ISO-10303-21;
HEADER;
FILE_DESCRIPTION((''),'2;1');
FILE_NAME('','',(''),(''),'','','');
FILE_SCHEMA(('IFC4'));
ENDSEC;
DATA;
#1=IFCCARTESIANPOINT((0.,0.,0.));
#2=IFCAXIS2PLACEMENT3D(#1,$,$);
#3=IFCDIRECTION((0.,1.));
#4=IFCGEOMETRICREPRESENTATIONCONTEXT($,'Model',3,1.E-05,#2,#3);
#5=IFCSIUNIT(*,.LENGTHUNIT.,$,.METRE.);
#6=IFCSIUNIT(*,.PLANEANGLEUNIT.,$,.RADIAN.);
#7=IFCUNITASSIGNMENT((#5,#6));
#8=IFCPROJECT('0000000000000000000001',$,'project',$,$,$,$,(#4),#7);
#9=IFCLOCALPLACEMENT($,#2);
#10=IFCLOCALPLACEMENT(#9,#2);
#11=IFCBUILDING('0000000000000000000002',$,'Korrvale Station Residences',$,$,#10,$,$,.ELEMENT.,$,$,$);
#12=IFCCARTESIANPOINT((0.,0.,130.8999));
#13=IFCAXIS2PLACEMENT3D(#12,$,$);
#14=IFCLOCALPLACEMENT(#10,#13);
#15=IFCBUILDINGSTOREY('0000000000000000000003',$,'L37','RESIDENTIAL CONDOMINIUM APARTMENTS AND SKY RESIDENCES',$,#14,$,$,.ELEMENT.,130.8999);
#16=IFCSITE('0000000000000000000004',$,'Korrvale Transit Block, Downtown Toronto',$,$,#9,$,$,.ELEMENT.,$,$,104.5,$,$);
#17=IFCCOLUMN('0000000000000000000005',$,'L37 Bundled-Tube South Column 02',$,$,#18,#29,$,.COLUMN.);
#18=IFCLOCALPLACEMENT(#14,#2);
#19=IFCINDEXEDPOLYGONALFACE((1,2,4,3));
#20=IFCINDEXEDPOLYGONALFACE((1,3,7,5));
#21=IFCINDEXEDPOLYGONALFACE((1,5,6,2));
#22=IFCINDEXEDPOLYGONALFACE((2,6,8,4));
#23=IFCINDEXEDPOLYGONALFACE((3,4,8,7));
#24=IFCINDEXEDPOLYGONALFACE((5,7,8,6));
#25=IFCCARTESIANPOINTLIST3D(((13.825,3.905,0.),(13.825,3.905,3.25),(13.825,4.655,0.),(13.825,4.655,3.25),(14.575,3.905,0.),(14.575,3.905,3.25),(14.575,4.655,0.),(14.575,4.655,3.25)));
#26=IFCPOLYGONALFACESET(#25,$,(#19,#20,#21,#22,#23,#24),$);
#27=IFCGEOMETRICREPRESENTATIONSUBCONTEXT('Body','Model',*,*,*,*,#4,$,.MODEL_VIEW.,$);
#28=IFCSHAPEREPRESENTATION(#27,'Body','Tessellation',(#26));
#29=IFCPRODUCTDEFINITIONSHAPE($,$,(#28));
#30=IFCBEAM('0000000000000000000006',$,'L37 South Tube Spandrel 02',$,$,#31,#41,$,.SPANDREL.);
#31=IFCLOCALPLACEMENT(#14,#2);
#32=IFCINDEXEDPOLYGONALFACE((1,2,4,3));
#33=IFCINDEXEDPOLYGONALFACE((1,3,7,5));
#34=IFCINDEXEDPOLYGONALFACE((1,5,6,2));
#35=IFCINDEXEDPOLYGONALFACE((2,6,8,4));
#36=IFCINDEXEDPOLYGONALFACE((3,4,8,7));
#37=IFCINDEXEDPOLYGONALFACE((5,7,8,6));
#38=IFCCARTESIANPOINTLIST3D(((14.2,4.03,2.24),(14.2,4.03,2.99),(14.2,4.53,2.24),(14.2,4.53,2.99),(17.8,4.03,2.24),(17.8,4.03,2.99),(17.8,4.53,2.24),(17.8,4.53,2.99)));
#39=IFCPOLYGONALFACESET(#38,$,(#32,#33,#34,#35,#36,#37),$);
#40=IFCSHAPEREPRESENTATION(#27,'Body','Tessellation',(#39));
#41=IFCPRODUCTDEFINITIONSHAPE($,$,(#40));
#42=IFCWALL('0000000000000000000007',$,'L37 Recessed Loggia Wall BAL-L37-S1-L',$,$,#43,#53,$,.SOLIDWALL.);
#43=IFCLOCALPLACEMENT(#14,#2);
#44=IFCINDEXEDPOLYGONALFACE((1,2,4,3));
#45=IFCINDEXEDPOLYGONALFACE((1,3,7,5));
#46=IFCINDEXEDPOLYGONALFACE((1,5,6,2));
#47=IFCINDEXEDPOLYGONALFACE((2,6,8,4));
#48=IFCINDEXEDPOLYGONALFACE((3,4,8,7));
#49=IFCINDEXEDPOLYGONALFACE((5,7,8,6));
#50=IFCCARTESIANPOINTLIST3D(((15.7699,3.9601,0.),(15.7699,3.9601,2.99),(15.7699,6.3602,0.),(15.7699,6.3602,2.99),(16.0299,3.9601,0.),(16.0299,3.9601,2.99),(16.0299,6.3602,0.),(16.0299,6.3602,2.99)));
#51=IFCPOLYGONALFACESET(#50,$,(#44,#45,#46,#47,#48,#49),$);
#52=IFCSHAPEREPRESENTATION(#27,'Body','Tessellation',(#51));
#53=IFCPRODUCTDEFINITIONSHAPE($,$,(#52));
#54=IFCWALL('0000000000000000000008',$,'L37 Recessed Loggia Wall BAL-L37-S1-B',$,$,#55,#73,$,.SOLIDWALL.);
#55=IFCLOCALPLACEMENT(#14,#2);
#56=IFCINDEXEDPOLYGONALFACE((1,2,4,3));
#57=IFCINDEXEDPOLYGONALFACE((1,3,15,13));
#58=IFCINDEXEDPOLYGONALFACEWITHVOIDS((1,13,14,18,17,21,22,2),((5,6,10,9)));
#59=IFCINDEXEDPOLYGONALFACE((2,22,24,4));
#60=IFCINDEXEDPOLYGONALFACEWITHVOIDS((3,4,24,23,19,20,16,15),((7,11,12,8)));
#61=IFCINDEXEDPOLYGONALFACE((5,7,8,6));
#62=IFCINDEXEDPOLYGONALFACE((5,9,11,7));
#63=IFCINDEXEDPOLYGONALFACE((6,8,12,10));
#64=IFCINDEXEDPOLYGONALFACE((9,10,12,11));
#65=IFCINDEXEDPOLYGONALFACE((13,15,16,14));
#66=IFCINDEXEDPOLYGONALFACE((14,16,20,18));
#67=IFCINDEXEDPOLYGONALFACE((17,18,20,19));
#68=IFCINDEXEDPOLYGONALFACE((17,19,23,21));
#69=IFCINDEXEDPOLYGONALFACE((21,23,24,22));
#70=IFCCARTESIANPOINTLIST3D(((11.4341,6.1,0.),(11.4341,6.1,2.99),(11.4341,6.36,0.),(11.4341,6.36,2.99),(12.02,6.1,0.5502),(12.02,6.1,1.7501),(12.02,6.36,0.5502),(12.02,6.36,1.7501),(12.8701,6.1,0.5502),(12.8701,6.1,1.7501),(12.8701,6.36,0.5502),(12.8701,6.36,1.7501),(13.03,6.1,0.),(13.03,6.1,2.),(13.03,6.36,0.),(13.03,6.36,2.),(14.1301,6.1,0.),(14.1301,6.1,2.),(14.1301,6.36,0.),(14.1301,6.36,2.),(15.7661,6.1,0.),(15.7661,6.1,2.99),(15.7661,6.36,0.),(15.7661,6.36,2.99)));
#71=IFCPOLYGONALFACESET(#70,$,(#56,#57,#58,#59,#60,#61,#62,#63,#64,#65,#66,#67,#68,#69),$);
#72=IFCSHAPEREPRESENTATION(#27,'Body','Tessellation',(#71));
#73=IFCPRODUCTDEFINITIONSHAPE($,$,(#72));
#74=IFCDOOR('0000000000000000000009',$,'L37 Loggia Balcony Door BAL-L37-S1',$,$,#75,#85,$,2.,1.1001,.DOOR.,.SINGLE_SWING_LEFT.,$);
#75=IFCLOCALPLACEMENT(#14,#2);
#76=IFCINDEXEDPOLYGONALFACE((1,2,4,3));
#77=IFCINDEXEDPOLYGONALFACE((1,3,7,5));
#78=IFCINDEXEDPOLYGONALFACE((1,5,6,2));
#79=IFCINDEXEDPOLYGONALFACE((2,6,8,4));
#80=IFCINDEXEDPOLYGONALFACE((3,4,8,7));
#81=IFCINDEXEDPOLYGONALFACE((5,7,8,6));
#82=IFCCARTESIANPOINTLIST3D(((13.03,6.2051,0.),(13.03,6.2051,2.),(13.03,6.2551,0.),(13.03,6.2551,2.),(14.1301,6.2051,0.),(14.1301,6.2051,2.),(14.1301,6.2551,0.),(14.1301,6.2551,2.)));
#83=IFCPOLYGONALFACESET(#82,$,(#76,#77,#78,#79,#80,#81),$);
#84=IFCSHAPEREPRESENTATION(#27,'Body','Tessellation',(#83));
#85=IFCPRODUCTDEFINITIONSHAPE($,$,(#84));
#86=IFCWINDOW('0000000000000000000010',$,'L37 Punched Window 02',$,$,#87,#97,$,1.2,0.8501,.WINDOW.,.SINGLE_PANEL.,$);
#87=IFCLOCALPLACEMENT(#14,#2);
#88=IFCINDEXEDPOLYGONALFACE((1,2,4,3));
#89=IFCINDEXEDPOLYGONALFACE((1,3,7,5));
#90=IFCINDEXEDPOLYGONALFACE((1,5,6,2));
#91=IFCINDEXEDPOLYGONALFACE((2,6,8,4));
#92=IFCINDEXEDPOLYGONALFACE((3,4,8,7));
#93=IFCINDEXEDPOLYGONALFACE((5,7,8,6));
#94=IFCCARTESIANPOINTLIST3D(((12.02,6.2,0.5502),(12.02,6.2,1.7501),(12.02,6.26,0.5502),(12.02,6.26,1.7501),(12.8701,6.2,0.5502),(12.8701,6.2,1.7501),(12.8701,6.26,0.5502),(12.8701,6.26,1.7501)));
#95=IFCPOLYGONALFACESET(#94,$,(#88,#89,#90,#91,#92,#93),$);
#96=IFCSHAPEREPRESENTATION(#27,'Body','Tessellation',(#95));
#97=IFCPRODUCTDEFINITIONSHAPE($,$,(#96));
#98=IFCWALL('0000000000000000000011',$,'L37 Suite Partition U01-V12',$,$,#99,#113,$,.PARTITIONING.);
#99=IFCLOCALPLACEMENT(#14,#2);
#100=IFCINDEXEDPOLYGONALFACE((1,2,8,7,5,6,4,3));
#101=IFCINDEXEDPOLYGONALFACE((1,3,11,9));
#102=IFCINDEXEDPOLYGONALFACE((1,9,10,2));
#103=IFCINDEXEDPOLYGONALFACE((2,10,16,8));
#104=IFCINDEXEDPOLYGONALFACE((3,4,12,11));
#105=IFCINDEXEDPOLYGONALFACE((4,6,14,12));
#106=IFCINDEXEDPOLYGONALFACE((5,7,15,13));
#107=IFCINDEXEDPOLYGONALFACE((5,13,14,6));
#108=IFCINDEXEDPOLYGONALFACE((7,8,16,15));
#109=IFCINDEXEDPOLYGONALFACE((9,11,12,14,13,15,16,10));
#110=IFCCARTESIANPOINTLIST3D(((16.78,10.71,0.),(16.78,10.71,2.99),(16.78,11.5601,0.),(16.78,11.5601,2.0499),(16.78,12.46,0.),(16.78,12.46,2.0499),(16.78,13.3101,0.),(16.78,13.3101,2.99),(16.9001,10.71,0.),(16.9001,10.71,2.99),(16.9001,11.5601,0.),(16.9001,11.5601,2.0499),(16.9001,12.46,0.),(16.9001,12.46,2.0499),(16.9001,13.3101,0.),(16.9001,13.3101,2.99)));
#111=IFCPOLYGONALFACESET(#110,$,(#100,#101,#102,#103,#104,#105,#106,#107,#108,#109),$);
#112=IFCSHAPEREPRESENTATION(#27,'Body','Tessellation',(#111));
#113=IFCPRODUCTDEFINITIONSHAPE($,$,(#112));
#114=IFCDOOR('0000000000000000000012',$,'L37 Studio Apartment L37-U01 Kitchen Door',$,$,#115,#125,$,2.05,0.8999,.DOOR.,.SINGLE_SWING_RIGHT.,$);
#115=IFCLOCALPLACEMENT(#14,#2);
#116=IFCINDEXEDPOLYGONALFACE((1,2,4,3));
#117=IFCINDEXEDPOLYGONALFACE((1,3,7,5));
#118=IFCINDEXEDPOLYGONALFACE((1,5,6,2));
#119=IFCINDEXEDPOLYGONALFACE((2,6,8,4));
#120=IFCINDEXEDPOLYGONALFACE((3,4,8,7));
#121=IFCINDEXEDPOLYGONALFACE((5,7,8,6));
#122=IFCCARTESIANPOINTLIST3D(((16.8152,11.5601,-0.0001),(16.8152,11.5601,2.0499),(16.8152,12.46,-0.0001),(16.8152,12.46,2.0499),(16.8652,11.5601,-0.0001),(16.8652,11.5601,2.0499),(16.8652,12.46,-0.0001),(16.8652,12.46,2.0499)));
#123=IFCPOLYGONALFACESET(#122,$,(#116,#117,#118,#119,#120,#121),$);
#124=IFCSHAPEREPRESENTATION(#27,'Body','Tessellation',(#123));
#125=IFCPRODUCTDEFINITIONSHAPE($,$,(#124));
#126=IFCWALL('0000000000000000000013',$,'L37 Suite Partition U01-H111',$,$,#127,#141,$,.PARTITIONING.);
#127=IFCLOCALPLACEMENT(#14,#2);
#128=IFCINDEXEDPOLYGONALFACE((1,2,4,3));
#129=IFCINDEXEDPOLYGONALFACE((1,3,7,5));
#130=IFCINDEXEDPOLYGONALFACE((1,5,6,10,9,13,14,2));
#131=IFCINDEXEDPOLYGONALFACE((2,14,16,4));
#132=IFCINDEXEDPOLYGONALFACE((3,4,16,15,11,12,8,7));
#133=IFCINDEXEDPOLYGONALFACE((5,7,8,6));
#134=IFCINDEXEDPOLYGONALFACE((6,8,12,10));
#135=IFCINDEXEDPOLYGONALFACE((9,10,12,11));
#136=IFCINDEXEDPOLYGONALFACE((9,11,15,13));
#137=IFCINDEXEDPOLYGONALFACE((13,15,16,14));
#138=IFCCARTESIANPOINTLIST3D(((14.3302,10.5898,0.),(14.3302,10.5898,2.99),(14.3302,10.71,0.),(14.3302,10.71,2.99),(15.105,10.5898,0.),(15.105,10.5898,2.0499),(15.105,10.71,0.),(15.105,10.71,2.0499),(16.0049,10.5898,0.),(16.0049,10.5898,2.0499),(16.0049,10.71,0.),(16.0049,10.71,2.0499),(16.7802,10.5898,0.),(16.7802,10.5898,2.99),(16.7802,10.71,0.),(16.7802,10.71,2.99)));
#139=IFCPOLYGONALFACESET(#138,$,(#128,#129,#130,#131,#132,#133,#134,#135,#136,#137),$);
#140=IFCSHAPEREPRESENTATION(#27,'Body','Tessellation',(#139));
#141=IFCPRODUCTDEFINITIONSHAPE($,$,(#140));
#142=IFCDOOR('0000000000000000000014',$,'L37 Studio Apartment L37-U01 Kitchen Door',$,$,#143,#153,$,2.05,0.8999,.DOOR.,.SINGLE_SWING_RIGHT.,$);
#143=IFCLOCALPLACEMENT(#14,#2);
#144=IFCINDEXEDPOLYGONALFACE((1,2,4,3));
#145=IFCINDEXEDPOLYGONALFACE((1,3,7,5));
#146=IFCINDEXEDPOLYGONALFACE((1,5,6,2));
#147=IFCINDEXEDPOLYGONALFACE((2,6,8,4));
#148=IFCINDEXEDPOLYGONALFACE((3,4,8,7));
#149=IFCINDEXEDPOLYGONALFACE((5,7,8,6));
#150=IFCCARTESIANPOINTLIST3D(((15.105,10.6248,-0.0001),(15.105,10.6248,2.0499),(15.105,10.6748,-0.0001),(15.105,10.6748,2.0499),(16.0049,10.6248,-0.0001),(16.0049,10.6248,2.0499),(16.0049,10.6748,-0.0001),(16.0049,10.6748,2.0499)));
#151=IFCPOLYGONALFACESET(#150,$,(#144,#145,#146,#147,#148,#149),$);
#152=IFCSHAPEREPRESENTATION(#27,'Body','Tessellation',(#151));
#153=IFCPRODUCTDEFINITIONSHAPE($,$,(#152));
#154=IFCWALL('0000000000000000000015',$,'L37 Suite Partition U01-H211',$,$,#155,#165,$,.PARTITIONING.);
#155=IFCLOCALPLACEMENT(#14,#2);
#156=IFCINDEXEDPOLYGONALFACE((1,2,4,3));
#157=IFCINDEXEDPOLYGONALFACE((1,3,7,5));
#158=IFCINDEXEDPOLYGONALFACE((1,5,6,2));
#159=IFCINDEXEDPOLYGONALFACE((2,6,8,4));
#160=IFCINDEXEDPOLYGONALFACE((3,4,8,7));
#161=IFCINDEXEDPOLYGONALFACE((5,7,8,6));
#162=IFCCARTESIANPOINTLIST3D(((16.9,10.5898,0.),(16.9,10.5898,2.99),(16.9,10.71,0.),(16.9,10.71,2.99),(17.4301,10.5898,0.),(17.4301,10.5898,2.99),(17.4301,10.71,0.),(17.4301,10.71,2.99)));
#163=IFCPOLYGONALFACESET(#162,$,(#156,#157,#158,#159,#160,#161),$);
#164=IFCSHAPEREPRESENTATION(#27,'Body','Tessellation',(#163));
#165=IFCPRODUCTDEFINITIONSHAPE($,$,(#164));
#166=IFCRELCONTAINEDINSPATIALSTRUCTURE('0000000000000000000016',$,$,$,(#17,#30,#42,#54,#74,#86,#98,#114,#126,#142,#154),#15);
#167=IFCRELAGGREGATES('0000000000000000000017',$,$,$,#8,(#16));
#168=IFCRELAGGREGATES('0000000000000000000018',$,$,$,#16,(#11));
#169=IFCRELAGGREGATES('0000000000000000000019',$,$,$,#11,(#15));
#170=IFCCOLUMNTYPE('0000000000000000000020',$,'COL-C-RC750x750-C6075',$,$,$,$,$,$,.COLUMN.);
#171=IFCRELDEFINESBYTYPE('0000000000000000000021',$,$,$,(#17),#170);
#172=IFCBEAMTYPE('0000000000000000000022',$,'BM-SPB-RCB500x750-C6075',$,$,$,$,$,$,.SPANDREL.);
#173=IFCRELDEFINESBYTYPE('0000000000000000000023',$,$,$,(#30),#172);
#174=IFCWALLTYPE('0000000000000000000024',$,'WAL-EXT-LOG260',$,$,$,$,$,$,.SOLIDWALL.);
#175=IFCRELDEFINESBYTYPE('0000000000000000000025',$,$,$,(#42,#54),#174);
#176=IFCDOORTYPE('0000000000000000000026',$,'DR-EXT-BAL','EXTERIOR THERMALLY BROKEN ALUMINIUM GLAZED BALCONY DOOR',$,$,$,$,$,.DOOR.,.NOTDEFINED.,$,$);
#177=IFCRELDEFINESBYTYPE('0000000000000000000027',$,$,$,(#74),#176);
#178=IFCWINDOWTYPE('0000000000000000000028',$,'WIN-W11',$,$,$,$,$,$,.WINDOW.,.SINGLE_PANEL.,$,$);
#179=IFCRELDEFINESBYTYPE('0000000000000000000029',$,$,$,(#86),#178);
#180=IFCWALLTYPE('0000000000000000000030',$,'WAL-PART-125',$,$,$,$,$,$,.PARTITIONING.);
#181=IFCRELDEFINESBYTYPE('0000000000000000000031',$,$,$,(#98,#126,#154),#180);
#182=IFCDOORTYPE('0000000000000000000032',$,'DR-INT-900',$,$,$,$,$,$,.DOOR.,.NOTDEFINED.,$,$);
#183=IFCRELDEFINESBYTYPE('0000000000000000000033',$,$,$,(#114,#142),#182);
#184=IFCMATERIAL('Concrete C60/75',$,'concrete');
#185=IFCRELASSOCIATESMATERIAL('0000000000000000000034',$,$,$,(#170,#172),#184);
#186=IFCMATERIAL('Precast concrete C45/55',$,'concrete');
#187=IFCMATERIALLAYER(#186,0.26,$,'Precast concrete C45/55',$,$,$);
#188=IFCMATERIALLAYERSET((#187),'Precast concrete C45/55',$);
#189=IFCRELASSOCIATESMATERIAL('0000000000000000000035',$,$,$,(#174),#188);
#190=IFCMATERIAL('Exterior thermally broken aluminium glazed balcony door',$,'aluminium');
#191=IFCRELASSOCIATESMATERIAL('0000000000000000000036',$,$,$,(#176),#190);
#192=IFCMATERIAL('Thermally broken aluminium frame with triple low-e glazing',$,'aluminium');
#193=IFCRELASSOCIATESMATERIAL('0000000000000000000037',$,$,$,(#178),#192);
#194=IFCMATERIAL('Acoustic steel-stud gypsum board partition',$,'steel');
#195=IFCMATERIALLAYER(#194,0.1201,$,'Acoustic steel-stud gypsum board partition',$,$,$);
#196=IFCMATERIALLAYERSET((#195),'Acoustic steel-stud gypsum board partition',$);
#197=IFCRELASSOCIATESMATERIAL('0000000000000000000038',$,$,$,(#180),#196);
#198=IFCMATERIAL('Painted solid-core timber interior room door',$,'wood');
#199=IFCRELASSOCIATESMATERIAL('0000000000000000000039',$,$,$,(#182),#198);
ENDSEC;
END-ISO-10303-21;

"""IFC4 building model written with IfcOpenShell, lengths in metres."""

from ifc_helpers import new_model, si_unit, direction, frame, frame_2d, origin, origin_2d, place, context, subcontext, project, spatial, rectangle, extrude, material, layer, layer_set, material_profile, profile_set, type_object, element, fill, save


model = new_model("IFC4")

# Units and contexts
model_context = context("Model", 3, precision=1e-05, world=origin(), true_north=direction((0.0, 1.0)))
body_context = subcontext(model_context, "Body", "Model", "MODEL_VIEW")
ifc_project = project(units=[si_unit("LENGTHUNIT", "METRE"), si_unit("PLANEANGLEUNIT", "RADIAN")], contexts=[model_context])

# Site, building, storey
site_placement = place(None, origin())
site = spatial("IfcSite", under=ifc_project, at=site_placement, Name="Korrvale Transit Block, Downtown Toronto", CompositionType="ELEMENT", RefElevation=104.5)
building_placement = place(site_placement, origin())
building = spatial("IfcBuilding", under=site, at=building_placement, Name="Korrvale Station Residences", CompositionType="ELEMENT")
storey_placement = place(building_placement, frame((0.0, 0.0, 130.8999)))
storey = spatial("IfcBuildingStorey", under=building, at=storey_placement, Name="L37", Description="RESIDENTIAL CONDOMINIUM APARTMENTS AND SKY RESIDENCES", CompositionType="ELEMENT", Elevation=130.8999)

# Column
ifc_material_1 = material(Name="Concrete C60/75", Category="concrete")
ifc_material_profile_1 = material_profile(ifc_material_1, rectangle(XDim=0.75, YDim=0.75, at=origin_2d()), Name="RC750x750")
ifc_profile_set_1 = profile_set([ifc_material_profile_1], Name="Concrete C60/75")
column_type = type_object("IfcColumnType", Name="COL-C-RC750x750-C6075", PredefinedType="COLUMN", material=ifc_profile_set_1)
column_placement = place(storey_placement, frame((14.2, 4.28, 0.0), z_axis=(0.0, 0.0, 1.0), x_axis=(1.0, 0.0, 0.0)))
element("IfcColumn", 1, at=column_placement, inside=storey, type_object=column_type, Name="L37 Bundled-Tube South Column 02", PredefinedType="COLUMN", context=body_context, shape_type="SweptSolid", body=[
    extrude(rectangle(XDim=0.75, YDim=0.75, at=origin_2d()), origin(), (0.0, 0.0, 1.0), 3.25),
])

# Beam
ifc_material_profile_2 = material_profile(ifc_material_1, rectangle(XDim=0.5, YDim=0.75, at=origin_2d()), Name="RCB500x750")
ifc_profile_set_2 = profile_set([ifc_material_profile_2], Name="Concrete C60/75")
beam_type = type_object("IfcBeamType", Name="BM-SPB-RCB500x750-C6075", PredefinedType="SPANDREL", material=ifc_profile_set_2)
beam_placement = place(storey_placement, frame((14.2, 4.28, 2.615), z_axis=(1.0, 0.0, 0.0), x_axis=(0.0, 1.0, 0.0)))
element("IfcBeam", 2, at=beam_placement, inside=storey, type_object=beam_type, Name="L37 South Tube Spandrel 02", PredefinedType="SPANDREL", context=body_context, shape_type="SweptSolid", body=[
    extrude(rectangle(XDim=0.5, YDim=0.75, at=origin_2d()), origin(), (0.0, 0.0, 1.0), 3.6001),
])

# Wall
ifc_material_2 = material(Name="Precast concrete C45/55", Category="concrete")
ifc_layer_1 = layer(ifc_material_2, 0.26, Name="Precast concrete C45/55")
ifc_layer_set_1 = layer_set([ifc_layer_1], Name="Precast concrete C45/55")
wall_type_1 = type_object("IfcWallType", Name="WAL-EXT-LOG260", PredefinedType="SOLIDWALL", material=ifc_layer_set_1)
wall_1_placement = place(storey_placement, frame((15.8999, 3.96, 0.0), z_axis=(0.0, 0.0, 1.0), x_axis=(0.0, 1.0, 0.0)))
element("IfcWall", 3, at=wall_1_placement, inside=storey, type_object=wall_type_1, Name="L37 Recessed Loggia Wall BAL-L37-S1-L", PredefinedType="SOLIDWALL", context=body_context, shape_type="SweptSolid", body=[
    extrude(rectangle(XDim=2.4001, YDim=0.26, at=frame_2d((1.2002, 0.0))), origin(), (0.0, 0.0, 1.0), 2.99),
])

# Wall, openings, door, window
wall_2_placement = place(storey_placement, frame((15.7661, 6.23, 0.0), z_axis=(0.0, 0.0, 1.0), x_axis=(-1.0, 0.0, 0.0)))
wall_2 = element("IfcWall", 4, at=wall_2_placement, inside=storey, type_object=wall_type_1, Name="L37 Recessed Loggia Wall BAL-L37-S1-B", PredefinedType="SOLIDWALL", context=body_context, shape_type="SweptSolid", body=[
    extrude(rectangle(XDim=4.332, YDim=0.26, at=frame_2d((2.166, 0.0))), origin(), (0.0, 0.0, 1.0), 2.99),
])
opening_1_placement = place(wall_2_placement, frame((1.636, 0.0, 0.0)))
opening_1 = element("IfcOpeningElement", 5, at=opening_1_placement, cuts=wall_2, PredefinedType="OPENING", context=body_context, shape_type="SweptSolid", body=[
    extrude(rectangle(XDim=1.1001, YDim=2.0, at=frame_2d((0.55, 1.0))), frame((0.0, 0.1401, 0.0), z_axis=(0.0, -1.0, 0.0), x_axis=(1.0, 0.0, 0.0)), (0.0, 0.0, 1.0), 0.28),
])
opening_2_placement = place(wall_2_placement, frame((2.896, 0.0, 0.55)))
opening_2 = element("IfcOpeningElement", 6, at=opening_2_placement, cuts=wall_2, PredefinedType="OPENING", context=body_context, shape_type="SweptSolid", body=[
    extrude(rectangle(XDim=0.8501, YDim=1.2, at=frame_2d((0.425, 0.6001))), frame((0.0, 0.1401, 0.0), z_axis=(0.0, -1.0, 0.0), x_axis=(1.0, 0.0, 0.0)), (0.0, 0.0, 1.0), 0.28),
])
ifc_material_3 = material(Name="Exterior thermally broken aluminium glazed balcony door", Category="aluminium")
door_type_1 = type_object("IfcDoorType", Name="DR-EXT-BAL", Description="EXTERIOR THERMALLY BROKEN ALUMINIUM GLAZED BALCONY DOOR", OperationType="NOTDEFINED", PredefinedType="DOOR", material=ifc_material_3)
door_1_placement = place(opening_1_placement, origin())
door_1 = element("IfcDoor", 7, at=door_1_placement, inside=storey, type_object=door_type_1, Name="L37 Loggia Balcony Door BAL-L37-S1", OperationType="SINGLE_SWING_LEFT", OverallHeight=2.0, OverallWidth=1.1001, PredefinedType="DOOR", context=body_context, shape_type="SweptSolid", body=[
    extrude(rectangle(XDim=1.1001, YDim=2.0, at=frame_2d((0.55, 1.0))), frame((0.0, 0.0249, 0.0), z_axis=(0.0, -1.0, 0.0), x_axis=(1.0, 0.0, 0.0)), (0.0, 0.0, 1.0), 0.05),
])
fill(opening_1, door_1)
ifc_material_4 = material(Name="Thermally broken aluminium frame with triple low-e glazing", Category="aluminium")
window_type = type_object("IfcWindowType", Name="WIN-W11", PartitioningType="SINGLE_PANEL", PredefinedType="WINDOW", material=ifc_material_4)
window_placement = place(opening_2_placement, origin())
window = element("IfcWindow", 8, at=window_placement, inside=storey, type_object=window_type, Name="L37 Punched Window 02", OverallHeight=1.2, OverallWidth=0.8501, PartitioningType="SINGLE_PANEL", PredefinedType="WINDOW", context=body_context, shape_type="SweptSolid", body=[
    extrude(rectangle(XDim=0.8501, YDim=1.2, at=frame_2d((0.425, 0.6001))), frame((0.0, 0.03, 0.0), z_axis=(0.0, -1.0, 0.0), x_axis=(1.0, 0.0, 0.0)), (0.0, 0.0, 1.0), 0.0601),
])
fill(opening_2, window)

# Walls, openings, doors
ifc_material_5 = material(Name="Acoustic steel-stud gypsum board partition", Category="steel")
ifc_layer_2 = layer(ifc_material_5, 0.1201, Name="Acoustic steel-stud gypsum board partition")
ifc_layer_set_2 = layer_set([ifc_layer_2], Name="Acoustic steel-stud gypsum board partition")
wall_type_2 = type_object("IfcWallType", Name="WAL-PART-125", PredefinedType="PARTITIONING", material=ifc_layer_set_2)
wall_3_placement = place(storey_placement, frame((16.8401, 10.71, 0.0), z_axis=(0.0, 0.0, 1.0), x_axis=(0.0, 1.0, 0.0)))
wall_3 = element("IfcWall", 9, at=wall_3_placement, inside=storey, type_object=wall_type_2, Name="L37 Suite Partition U01-V12", PredefinedType="PARTITIONING", context=body_context, shape_type="SweptSolid", body=[
    extrude(rectangle(XDim=2.6001, YDim=0.1201, at=frame_2d((1.3, 0.0))), origin(), (0.0, 0.0, 1.0), 2.99),
])
opening_3_placement = place(wall_3_placement, frame((0.8501, 0.0, 0.0)))
opening_3 = element("IfcOpeningElement", 10, at=opening_3_placement, cuts=wall_3, PredefinedType="OPENING", context=body_context, shape_type="SweptSolid", body=[
    extrude(rectangle(XDim=0.8999, YDim=2.05, at=frame_2d((0.45, 1.0249))), frame((0.0, 0.0701, 0.0), z_axis=(0.0, -1.0, 0.0), x_axis=(1.0, 0.0, 0.0)), (0.0, 0.0, 1.0), 0.1401),
])
ifc_material_6 = material(Name="Painted solid-core timber interior room door", Category="wood")
door_type_2 = type_object("IfcDoorType", Name="DR-INT-900", OperationType="NOTDEFINED", PredefinedType="DOOR", material=ifc_material_6)
door_2_placement = place(opening_3_placement, origin())
door_2 = element("IfcDoor", 11, at=door_2_placement, inside=storey, type_object=door_type_2, Name="L37 Studio Apartment L37-U01 Kitchen Door", OperationType="SINGLE_SWING_RIGHT", OverallHeight=2.05, OverallWidth=0.8999, PredefinedType="DOOR", context=body_context, shape_type="SweptSolid", body=[
    extrude(rectangle(XDim=0.8999, YDim=2.05, at=frame_2d((0.45, 1.0249))), frame((0.0, 0.0249, 0.0), z_axis=(0.0, -1.0, 0.0), x_axis=(1.0, 0.0, 0.0)), (0.0, 0.0, 1.0), 0.05),
])
fill(opening_3, door_2)
wall_4_placement = place(storey_placement, frame((14.3301, 10.6499, 0.0), z_axis=(0.0, 0.0, 1.0), x_axis=(1.0, 0.0, 0.0)))
wall_4 = element("IfcWall", 12, at=wall_4_placement, inside=storey, type_object=wall_type_2, Name="L37 Suite Partition U01-H111", PredefinedType="PARTITIONING", context=body_context, shape_type="SweptSolid", body=[
    extrude(rectangle(XDim=2.45, YDim=0.1201, at=frame_2d((1.2251, 0.0))), origin(), (0.0, 0.0, 1.0), 2.99),
])
opening_4_placement = place(wall_4_placement, frame((0.7749, 0.0, 0.0)))
opening_4 = element("IfcOpeningElement", 13, at=opening_4_placement, cuts=wall_4, PredefinedType="OPENING", context=body_context, shape_type="SweptSolid", body=[
    extrude(rectangle(XDim=0.8999, YDim=2.05, at=frame_2d((0.45, 1.0249))), frame((0.0, 0.0701, 0.0), z_axis=(0.0, -1.0, 0.0), x_axis=(1.0, 0.0, 0.0)), (0.0, 0.0, 1.0), 0.1401),
])
door_3_placement = place(opening_4_placement, origin())
door_3 = element("IfcDoor", 14, at=door_3_placement, inside=storey, type_object=door_type_2, Name="L37 Studio Apartment L37-U01 Kitchen Door", OperationType="SINGLE_SWING_RIGHT", OverallHeight=2.05, OverallWidth=0.8999, PredefinedType="DOOR", context=body_context, shape_type="SweptSolid", body=[
    extrude(rectangle(XDim=0.8999, YDim=2.05, at=frame_2d((0.45, 1.0249))), frame((0.0, 0.0249, 0.0), z_axis=(0.0, -1.0, 0.0), x_axis=(1.0, 0.0, 0.0)), (0.0, 0.0, 1.0), 0.05),
])
fill(opening_4, door_3)

# Wall
wall_5_placement = place(storey_placement, frame((16.8999, 10.6499, 0.0), z_axis=(0.0, 0.0, 1.0), x_axis=(1.0, 0.0, 0.0)))
element("IfcWall", 15, at=wall_5_placement, inside=storey, type_object=wall_type_2, Name="L37 Suite Partition U01-H211", PredefinedType="PARTITIONING", context=body_context, shape_type="SweptSolid", body=[
    extrude(rectangle(XDim=0.53, YDim=0.1201, at=frame_2d((0.2651, 0.0))), origin(), (0.0, 0.0, 1.0), 2.99),
])

save(model, "model.ifc")
